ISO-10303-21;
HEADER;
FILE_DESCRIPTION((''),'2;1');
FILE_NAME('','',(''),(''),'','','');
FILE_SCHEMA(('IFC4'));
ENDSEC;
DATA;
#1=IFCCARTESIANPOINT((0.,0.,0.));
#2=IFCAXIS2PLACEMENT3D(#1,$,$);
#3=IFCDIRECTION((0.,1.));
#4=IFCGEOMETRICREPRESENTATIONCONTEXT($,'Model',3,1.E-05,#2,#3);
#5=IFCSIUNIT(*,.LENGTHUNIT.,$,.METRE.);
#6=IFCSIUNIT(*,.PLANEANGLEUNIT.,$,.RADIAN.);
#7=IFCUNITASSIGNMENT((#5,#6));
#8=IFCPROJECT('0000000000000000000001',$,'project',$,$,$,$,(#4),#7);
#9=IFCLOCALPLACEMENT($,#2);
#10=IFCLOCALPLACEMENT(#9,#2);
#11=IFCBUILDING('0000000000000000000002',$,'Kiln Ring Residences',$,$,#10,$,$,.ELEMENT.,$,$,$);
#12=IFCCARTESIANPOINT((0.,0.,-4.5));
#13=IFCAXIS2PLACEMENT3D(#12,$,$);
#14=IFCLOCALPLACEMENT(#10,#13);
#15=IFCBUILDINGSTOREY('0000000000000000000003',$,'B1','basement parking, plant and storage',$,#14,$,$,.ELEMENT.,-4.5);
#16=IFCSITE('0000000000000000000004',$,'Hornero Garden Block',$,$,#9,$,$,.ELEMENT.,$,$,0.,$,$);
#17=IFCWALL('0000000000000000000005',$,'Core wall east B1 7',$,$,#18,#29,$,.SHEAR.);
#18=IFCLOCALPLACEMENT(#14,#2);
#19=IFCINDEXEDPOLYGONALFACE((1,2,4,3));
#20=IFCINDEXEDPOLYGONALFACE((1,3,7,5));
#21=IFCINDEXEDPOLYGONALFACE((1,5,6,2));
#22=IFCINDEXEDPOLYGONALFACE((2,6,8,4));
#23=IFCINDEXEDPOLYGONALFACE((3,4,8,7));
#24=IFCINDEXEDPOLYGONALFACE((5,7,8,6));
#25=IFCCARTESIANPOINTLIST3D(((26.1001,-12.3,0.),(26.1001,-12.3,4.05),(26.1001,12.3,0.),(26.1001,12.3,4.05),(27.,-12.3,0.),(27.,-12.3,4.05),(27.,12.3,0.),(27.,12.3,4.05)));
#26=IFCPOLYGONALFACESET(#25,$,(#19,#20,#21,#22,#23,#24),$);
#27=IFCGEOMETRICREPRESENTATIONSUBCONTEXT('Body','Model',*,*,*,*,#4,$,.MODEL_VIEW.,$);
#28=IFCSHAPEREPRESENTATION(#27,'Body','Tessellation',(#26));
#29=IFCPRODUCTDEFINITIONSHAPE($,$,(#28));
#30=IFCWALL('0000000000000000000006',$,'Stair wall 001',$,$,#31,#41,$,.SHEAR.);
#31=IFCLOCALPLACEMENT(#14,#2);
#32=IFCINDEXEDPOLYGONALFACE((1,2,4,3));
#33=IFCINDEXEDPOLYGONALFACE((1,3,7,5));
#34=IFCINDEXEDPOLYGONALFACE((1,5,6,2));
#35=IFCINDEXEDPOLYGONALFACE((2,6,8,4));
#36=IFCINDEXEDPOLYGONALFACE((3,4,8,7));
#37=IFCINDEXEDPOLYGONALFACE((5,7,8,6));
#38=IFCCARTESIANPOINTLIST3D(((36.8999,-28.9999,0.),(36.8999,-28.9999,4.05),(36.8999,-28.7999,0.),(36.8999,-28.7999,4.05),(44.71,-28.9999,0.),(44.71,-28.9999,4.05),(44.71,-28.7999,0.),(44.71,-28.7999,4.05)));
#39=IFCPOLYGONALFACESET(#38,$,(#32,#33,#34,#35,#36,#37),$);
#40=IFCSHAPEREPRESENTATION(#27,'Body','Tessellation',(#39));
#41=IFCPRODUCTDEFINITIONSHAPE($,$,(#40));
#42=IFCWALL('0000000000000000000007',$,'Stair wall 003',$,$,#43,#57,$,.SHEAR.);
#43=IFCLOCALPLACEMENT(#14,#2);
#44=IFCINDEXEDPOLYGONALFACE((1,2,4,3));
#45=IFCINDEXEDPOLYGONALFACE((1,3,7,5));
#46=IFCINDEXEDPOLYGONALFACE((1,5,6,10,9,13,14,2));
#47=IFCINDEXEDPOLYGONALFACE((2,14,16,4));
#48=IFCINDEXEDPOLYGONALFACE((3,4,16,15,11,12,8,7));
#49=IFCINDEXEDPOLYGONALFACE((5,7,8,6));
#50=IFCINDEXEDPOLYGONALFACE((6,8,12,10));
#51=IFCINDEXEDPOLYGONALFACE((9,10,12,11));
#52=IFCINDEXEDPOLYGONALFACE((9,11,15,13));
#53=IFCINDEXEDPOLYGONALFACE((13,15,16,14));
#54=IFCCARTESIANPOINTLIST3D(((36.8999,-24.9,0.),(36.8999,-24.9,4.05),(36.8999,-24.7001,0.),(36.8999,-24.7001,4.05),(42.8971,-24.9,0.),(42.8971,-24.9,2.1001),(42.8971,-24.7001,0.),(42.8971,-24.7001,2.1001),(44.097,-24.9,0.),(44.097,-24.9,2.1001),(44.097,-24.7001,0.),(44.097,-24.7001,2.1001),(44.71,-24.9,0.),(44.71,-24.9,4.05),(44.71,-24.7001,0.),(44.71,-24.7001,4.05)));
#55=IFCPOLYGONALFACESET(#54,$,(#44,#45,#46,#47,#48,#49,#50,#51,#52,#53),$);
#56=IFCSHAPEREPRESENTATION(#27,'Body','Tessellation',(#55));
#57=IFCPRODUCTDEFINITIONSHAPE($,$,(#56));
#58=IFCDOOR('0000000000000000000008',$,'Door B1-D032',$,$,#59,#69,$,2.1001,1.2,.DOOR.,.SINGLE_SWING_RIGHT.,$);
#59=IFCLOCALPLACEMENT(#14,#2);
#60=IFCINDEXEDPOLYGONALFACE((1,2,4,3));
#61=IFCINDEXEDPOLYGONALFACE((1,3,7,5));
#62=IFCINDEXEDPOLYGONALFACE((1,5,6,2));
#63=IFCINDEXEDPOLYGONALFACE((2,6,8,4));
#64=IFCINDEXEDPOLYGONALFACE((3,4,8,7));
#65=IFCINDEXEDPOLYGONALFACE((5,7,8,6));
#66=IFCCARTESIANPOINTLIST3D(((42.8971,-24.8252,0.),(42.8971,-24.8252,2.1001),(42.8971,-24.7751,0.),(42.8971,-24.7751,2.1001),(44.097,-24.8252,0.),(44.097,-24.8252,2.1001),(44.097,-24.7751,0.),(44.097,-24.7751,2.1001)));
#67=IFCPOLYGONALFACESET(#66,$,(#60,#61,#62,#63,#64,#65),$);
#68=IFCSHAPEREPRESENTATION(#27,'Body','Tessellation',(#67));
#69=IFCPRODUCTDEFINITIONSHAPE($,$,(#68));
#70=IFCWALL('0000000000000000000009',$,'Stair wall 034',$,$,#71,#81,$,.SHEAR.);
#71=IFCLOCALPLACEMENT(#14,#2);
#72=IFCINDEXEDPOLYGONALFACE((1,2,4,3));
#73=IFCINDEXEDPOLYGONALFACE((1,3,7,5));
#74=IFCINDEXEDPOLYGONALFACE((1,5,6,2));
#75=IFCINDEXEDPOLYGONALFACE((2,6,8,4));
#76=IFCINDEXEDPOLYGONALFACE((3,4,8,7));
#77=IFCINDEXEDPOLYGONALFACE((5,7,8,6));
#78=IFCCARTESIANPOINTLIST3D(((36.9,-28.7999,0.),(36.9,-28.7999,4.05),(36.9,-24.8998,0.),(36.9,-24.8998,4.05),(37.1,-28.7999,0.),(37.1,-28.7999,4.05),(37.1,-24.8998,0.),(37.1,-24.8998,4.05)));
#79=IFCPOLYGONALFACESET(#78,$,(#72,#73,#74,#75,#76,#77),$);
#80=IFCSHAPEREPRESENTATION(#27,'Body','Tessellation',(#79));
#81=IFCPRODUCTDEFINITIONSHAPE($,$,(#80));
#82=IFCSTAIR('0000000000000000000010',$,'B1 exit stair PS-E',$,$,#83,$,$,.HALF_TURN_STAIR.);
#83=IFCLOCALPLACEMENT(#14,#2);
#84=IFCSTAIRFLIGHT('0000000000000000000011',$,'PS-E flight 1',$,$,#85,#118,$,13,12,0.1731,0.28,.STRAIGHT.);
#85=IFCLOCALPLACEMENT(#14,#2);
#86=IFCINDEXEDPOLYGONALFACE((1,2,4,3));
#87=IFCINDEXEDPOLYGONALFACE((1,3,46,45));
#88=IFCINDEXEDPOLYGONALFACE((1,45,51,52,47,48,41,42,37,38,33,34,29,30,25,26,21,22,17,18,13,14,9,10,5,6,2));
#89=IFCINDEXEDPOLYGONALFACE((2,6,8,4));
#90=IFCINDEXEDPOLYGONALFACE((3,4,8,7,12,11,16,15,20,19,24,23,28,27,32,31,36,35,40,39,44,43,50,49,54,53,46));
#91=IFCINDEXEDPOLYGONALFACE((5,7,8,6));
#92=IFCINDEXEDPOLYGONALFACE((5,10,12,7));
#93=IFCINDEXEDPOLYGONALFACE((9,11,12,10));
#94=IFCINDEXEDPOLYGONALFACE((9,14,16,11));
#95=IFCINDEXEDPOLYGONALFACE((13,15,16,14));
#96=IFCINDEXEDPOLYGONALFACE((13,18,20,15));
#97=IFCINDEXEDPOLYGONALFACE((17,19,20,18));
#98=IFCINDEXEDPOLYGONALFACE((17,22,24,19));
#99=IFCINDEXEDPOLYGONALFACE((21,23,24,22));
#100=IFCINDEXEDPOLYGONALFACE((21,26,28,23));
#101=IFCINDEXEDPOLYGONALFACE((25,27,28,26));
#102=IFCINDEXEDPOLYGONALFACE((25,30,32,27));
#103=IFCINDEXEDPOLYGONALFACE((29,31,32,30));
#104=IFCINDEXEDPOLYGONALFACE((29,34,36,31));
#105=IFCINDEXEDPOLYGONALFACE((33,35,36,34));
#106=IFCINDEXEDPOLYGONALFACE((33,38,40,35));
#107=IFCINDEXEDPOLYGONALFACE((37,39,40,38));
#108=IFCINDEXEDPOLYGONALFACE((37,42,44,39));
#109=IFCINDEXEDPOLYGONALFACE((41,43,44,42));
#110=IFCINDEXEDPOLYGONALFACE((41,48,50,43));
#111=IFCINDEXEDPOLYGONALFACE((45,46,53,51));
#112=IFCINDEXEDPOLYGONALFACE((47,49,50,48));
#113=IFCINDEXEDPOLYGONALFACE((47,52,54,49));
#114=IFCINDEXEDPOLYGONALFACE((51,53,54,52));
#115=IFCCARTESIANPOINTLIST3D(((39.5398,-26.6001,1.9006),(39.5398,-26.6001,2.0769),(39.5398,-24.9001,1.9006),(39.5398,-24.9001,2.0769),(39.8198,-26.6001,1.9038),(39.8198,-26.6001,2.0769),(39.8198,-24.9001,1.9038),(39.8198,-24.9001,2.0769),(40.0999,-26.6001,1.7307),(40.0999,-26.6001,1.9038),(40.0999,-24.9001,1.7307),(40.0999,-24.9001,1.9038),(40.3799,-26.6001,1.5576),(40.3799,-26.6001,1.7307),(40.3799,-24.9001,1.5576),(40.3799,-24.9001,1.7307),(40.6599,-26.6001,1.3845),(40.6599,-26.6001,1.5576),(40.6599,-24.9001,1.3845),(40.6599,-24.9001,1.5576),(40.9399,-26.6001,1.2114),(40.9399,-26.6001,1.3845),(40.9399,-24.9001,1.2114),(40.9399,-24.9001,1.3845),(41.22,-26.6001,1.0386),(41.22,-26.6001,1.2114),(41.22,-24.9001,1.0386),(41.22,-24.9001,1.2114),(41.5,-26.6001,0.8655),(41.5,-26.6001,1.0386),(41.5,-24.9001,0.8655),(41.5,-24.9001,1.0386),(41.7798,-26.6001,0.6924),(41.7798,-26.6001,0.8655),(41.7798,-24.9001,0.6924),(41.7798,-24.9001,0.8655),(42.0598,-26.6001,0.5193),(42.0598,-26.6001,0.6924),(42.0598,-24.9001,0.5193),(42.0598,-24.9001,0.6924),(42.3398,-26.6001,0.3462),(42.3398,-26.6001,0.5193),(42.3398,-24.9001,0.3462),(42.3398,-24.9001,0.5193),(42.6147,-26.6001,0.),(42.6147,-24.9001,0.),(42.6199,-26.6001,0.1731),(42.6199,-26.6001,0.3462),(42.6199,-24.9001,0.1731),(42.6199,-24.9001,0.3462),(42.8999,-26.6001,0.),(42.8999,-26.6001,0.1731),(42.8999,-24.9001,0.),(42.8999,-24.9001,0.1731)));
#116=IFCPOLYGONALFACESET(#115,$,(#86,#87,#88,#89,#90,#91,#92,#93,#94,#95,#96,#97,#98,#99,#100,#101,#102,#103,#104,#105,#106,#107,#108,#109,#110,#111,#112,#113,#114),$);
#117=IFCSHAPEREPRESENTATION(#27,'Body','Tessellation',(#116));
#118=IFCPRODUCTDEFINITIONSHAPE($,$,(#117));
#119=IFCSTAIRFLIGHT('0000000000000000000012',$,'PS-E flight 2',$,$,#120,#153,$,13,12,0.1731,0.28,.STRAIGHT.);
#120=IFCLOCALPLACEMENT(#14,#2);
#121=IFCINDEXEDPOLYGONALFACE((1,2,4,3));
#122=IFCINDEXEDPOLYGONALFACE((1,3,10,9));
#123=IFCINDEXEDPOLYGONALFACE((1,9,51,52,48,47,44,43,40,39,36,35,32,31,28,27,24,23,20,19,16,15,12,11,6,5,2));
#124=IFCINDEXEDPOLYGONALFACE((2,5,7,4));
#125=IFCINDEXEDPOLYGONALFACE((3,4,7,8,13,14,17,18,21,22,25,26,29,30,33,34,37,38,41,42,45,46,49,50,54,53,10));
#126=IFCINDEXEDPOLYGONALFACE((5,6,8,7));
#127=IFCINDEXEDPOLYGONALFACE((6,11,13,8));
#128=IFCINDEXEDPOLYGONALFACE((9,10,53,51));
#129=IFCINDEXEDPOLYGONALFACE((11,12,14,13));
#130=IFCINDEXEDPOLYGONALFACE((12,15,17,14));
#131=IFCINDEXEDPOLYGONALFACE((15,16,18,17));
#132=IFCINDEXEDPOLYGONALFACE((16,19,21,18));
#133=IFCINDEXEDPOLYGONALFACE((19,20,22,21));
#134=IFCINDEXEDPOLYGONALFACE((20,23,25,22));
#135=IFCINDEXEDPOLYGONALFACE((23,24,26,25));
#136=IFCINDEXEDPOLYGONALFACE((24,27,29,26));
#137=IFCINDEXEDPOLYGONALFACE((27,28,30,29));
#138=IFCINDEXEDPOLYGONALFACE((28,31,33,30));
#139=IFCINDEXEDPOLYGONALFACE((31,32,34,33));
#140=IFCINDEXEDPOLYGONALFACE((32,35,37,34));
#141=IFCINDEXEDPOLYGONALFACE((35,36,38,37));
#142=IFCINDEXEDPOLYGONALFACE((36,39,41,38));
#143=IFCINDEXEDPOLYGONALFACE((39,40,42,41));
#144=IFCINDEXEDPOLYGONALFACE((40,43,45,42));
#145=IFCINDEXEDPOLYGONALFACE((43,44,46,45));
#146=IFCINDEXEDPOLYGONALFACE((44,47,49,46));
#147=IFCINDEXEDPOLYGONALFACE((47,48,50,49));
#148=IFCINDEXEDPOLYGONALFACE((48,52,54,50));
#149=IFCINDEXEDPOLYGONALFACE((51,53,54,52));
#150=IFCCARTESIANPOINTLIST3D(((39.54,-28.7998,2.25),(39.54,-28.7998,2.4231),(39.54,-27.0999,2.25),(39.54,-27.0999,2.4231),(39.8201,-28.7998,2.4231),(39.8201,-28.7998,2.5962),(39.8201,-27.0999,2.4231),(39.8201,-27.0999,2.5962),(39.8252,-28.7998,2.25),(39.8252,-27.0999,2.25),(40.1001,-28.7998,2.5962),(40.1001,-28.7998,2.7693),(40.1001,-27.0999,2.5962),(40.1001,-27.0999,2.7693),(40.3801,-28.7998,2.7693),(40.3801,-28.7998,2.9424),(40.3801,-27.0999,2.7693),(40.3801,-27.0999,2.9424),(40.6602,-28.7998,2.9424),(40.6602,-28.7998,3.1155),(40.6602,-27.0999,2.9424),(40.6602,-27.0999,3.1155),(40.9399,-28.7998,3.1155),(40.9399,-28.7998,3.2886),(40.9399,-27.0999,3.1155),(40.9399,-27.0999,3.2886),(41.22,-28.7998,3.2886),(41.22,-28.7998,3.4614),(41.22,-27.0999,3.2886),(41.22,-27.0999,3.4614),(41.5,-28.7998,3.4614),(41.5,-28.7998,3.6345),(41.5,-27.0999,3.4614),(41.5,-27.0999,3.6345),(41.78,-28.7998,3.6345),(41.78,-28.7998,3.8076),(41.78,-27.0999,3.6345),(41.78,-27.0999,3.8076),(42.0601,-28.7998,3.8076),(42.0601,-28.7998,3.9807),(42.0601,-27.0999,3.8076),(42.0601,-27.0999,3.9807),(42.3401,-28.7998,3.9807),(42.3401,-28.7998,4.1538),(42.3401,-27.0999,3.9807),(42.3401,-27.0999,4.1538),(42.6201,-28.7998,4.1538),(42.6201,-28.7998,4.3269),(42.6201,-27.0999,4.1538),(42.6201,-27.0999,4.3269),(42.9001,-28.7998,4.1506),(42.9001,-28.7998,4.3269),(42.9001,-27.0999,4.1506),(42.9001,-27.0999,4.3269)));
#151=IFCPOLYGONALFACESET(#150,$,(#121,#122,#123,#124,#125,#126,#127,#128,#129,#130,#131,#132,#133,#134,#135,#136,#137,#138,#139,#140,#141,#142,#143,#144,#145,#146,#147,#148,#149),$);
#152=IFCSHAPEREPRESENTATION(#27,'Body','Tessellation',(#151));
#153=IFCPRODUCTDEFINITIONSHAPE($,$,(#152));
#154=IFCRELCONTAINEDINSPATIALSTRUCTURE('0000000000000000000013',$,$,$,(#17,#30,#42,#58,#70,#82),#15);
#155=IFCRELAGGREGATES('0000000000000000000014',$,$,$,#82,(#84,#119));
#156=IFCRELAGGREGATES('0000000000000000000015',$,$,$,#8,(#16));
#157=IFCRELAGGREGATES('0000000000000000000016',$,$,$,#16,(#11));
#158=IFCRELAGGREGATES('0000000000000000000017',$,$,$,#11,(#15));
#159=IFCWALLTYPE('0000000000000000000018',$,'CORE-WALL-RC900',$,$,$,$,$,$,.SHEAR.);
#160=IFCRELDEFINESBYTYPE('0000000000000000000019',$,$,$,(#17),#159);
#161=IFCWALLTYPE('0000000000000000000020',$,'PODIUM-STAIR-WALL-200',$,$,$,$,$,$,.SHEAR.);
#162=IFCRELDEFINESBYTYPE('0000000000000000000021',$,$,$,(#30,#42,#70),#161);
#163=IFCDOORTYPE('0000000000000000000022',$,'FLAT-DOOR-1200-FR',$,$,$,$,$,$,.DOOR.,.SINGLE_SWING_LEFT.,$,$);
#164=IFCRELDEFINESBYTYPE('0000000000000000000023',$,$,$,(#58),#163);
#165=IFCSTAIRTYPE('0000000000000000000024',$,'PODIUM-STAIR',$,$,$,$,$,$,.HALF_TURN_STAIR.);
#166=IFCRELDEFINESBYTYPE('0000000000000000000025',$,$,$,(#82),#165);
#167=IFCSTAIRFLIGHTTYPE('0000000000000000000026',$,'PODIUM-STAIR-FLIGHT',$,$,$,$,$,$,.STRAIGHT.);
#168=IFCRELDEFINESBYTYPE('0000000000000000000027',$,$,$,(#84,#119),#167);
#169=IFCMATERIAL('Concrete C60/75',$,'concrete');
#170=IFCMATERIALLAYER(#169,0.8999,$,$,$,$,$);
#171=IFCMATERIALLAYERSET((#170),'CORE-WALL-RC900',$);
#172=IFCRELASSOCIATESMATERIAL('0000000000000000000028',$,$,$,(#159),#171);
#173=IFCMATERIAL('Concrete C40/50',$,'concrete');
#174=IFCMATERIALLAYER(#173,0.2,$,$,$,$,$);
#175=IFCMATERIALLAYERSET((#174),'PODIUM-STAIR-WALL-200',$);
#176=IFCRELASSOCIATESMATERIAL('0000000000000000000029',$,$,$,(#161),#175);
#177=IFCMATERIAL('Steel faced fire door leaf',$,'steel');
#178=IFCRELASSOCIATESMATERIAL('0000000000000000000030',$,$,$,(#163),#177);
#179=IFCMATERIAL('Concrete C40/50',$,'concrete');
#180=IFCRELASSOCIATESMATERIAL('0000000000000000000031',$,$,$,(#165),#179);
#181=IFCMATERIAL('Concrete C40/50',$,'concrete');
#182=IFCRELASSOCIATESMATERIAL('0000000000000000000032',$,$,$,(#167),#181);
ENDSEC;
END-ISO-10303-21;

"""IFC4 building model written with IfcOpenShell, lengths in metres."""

from ifc_helpers import new_model, si_unit, direction, frame, frame_2d, origin, place, context, subcontext, project, spatial, polyline, rectangle, outline, extrude, material, layer, layer_set, type_object, element, fill, aggregate, save


model = new_model("IFC4")

# Units and contexts
model_context = context("Model", 3, precision=1e-05, world=origin(), true_north=direction((0.0, 1.0)))
body_context = subcontext(model_context, "Body", "Model", "MODEL_VIEW")
ifc_project = project(units=[si_unit("LENGTHUNIT", "METRE"), si_unit("PLANEANGLEUNIT", "RADIAN")], contexts=[model_context])

# Site, building, storey
site_placement = place(None, origin())
site = spatial("IfcSite", under=ifc_project, at=site_placement, Name="Hornero Garden Block", CompositionType="ELEMENT", RefElevation=0.0)
building_placement = place(site_placement, origin())
building = spatial("IfcBuilding", under=site, at=building_placement, Name="Kiln Ring Residences", CompositionType="ELEMENT")
storey_placement = place(building_placement, frame((0.0, 0.0, -4.5)))
storey = spatial("IfcBuildingStorey", under=building, at=storey_placement, Name="B1", Description="basement parking, plant and storage", CompositionType="ELEMENT", Elevation=-4.5)

# Walls
ifc_material_1 = material(Name="Concrete C60/75", Category="concrete")
ifc_layer_1 = layer(ifc_material_1, 0.8999)
ifc_layer_set_1 = layer_set([ifc_layer_1], Name="CORE-WALL-RC900")
wall_type_1 = type_object("IfcWallType", Name="CORE-WALL-RC900", PredefinedType="SHEAR", material=ifc_layer_set_1)
wall_1_placement = place(storey_placement, frame((26.55, -12.3, 0.0), z_axis=(0.0, 0.0, 1.0), x_axis=(0.0, 1.0, 0.0)))
element("IfcWall", 1, at=wall_1_placement, inside=storey, type_object=wall_type_1, Name="Core wall east B1 7", PredefinedType="SHEAR", context=body_context, shape_type="SweptSolid", body=[
    extrude(rectangle(XDim=24.6001, YDim=0.8999, at=frame_2d((12.3, 0.0))), origin(), (0.0, 0.0, 1.0), 4.05),
])
ifc_material_2 = material(Name="Concrete C40/50", Category="concrete")
ifc_layer_2 = layer(ifc_material_2, 0.2)
ifc_layer_set_2 = layer_set([ifc_layer_2], Name="PODIUM-STAIR-WALL-200")
wall_type_2 = type_object("IfcWallType", Name="PODIUM-STAIR-WALL-200", PredefinedType="SHEAR", material=ifc_layer_set_2)
wall_2_placement = place(storey_placement, frame((36.8999, -28.8999, 0.0), z_axis=(0.0, 0.0, 1.0), x_axis=(1.0, 0.0, 0.0)))
element("IfcWall", 2, at=wall_2_placement, inside=storey, type_object=wall_type_2, Name="Stair wall 001", PredefinedType="SHEAR", context=body_context, shape_type="SweptSolid", body=[
    extrude(rectangle(XDim=7.8101, YDim=0.2, at=frame_2d((3.905, 0.0))), origin(), (0.0, 0.0, 1.0), 4.05),
])

# Wall, opening, door
wall_3_placement = place(storey_placement, frame((36.8999, -24.8, 0.0), z_axis=(0.0, 0.0, 1.0), x_axis=(1.0, 0.0, 0.0)))
wall_3 = element("IfcWall", 3, at=wall_3_placement, inside=storey, type_object=wall_type_2, Name="Stair wall 003", PredefinedType="SHEAR", context=body_context, shape_type="SweptSolid", body=[
    extrude(rectangle(XDim=7.8101, YDim=0.2, at=frame_2d((3.905, 0.0))), origin(), (0.0, 0.0, 1.0), 4.05),
])
opening_1_placement = place(wall_3_placement, frame((5.9971, 0.0, 0.0)))
opening_1 = element("IfcOpeningElement", 4, at=opening_1_placement, cuts=wall_3, PredefinedType="OPENING", context=body_context, shape_type="SweptSolid", body=[
    extrude(rectangle(XDim=1.2, YDim=2.1001, at=frame_2d((0.6001, 1.05))), frame((0.0, 0.1099, 0.0), z_axis=(0.0, -1.0, 0.0), x_axis=(1.0, 0.0, 0.0)), (0.0, 0.0, 1.0), 0.22),
])
ifc_material_3 = material(Name="Steel faced fire door leaf", Category="steel")
door_type_1 = type_object("IfcDoorType", Name="FLAT-DOOR-1200-FR", OperationType="SINGLE_SWING_LEFT", PredefinedType="DOOR", material=ifc_material_3)
door_1_placement = place(opening_1_placement, origin())
door_1 = element("IfcDoor", 5, at=door_1_placement, inside=storey, type_object=door_type_1, Name="Door B1-D032", OperationType="SINGLE_SWING_RIGHT", OverallHeight=2.1001, OverallWidth=1.2, PredefinedType="DOOR", context=body_context, shape_type="SweptSolid", body=[
    extrude(rectangle(XDim=1.2, YDim=2.1001, at=frame_2d((0.6001, 1.05))), frame((0.0, 0.0249, 0.0), z_axis=(0.0, -1.0, 0.0), x_axis=(1.0, 0.0, 0.0)), (0.0, 0.0, 1.0), 0.05),
])
fill(opening_1, door_1)

# Wall
wall_4_placement = place(storey_placement, frame((37.0, -28.8, 0.0), z_axis=(0.0, 0.0, 1.0), x_axis=(0.0, 1.0, 0.0)))
element("IfcWall", 6, at=wall_4_placement, inside=storey, type_object=wall_type_2, Name="Stair wall 034", PredefinedType="SHEAR", context=body_context, shape_type="SweptSolid", body=[
    extrude(rectangle(XDim=3.9001, YDim=0.2, at=frame_2d((1.9502, 0.0))), origin(), (0.0, 0.0, 1.0), 4.05),
])

# Stair, stair flights
ifc_material_4 = material(Name="Concrete C40/50", Category="concrete")
stair_type = type_object("IfcStairType", Name="PODIUM-STAIR", PredefinedType="HALF_TURN_STAIR", material=ifc_material_4)
stair_placement = place(storey_placement, origin())
stair = element("IfcStair", 7, at=stair_placement, inside=storey, type_object=stair_type, Name="B1 exit stair PS-E", PredefinedType="HALF_TURN_STAIR")
ifc_material_5 = material(Name="Concrete C40/50", Category="concrete")
stair_flight_type = type_object("IfcStairFlightType", Name="PODIUM-STAIR-FLIGHT", PredefinedType="STRAIGHT", material=ifc_material_5)
stair_flight_1_placement = place(storey_placement, frame((42.8999, -25.75, 0.0), z_axis=(0.0, 0.0, 1.0), x_axis=(-1.0, 0.0, 0.0)))
stair_flight_1 = element("IfcStairFlight", 8, at=stair_flight_1_placement, type_object=stair_flight_type, Name="PS-E flight 1", NumberOfRisers=13, NumberOfTreads=12, PredefinedType="STRAIGHT", RiserHeight=0.1731, TreadLength=0.28, context=body_context, shape_type="SweptSolid", body=[
    extrude(outline(polyline([(0.0, 0.0), (0.0, 0.1731), (0.28, 0.1731), (0.28, 0.3462), (0.5601, 0.3462), (0.5601, 0.5193), (0.8401, 0.5193), (0.8401, 0.6924), (1.1201, 0.6924), (1.1201, 0.8655), (1.3999, 0.8655), (1.3999, 1.0386), (1.6799, 1.0386), (1.6799, 1.2114), (1.96, 1.2114), (1.96, 1.3845), (2.24, 1.3845), (2.24, 1.5576), (2.52, 1.5576), (2.52, 1.7307), (2.8, 1.7307), (2.8, 1.9038), (3.0801, 1.9038), (3.0801, 2.0769), (3.3601, 2.0769), (3.3601, 2.25), (3.3601, 1.9006), (0.2852, 0.0), (0.0, 0.0)])), frame((0.0, 0.8501, 0.0), z_axis=(0.0, -1.0, 0.0), x_axis=(1.0, 0.0, 0.0)), (0.0, 0.0, 1.0), 1.7),
])
stair_flight_2_placement = place(storey_placement, frame((39.54, -27.95, 2.25), z_axis=(0.0, 0.0, 1.0), x_axis=(1.0, 0.0, 0.0)))
stair_flight_2 = element("IfcStairFlight", 9, at=stair_flight_2_placement, type_object=stair_flight_type, Name="PS-E flight 2", NumberOfRisers=13, NumberOfTreads=12, PredefinedType="STRAIGHT", RiserHeight=0.1731, TreadLength=0.28, context=body_context, shape_type="SweptSolid", body=[
    extrude(outline(polyline([(0.0, 0.0), (0.0, 0.1731), (0.28, 0.1731), (0.28, 0.3462), (0.5601, 0.3462), (0.5601, 0.5193), (0.8401, 0.5193), (0.8401, 0.6924), (1.1201, 0.6924), (1.1201, 0.8655), (1.3999, 0.8655), (1.3999, 1.0386), (1.6799, 1.0386), (1.6799, 1.2114), (1.96, 1.2114), (1.96, 1.3845), (2.24, 1.3845), (2.24, 1.5576), (2.52, 1.5576), (2.52, 1.7307), (2.8, 1.7307), (2.8, 1.9038), (3.0801, 1.9038), (3.0801, 2.0769), (3.3601, 2.0769), (3.3601, 2.25), (3.3601, 1.9006), (0.2852, 0.0), (0.0, 0.0)])), frame((0.0, 0.8501, 0.0), z_axis=(0.0, -1.0, 0.0), x_axis=(1.0, 0.0, 0.0)), (0.0, 0.0, 1.0), 1.7),
])
aggregate(stair, [stair_flight_1, stair_flight_2])

save(model, "model.ifc")
